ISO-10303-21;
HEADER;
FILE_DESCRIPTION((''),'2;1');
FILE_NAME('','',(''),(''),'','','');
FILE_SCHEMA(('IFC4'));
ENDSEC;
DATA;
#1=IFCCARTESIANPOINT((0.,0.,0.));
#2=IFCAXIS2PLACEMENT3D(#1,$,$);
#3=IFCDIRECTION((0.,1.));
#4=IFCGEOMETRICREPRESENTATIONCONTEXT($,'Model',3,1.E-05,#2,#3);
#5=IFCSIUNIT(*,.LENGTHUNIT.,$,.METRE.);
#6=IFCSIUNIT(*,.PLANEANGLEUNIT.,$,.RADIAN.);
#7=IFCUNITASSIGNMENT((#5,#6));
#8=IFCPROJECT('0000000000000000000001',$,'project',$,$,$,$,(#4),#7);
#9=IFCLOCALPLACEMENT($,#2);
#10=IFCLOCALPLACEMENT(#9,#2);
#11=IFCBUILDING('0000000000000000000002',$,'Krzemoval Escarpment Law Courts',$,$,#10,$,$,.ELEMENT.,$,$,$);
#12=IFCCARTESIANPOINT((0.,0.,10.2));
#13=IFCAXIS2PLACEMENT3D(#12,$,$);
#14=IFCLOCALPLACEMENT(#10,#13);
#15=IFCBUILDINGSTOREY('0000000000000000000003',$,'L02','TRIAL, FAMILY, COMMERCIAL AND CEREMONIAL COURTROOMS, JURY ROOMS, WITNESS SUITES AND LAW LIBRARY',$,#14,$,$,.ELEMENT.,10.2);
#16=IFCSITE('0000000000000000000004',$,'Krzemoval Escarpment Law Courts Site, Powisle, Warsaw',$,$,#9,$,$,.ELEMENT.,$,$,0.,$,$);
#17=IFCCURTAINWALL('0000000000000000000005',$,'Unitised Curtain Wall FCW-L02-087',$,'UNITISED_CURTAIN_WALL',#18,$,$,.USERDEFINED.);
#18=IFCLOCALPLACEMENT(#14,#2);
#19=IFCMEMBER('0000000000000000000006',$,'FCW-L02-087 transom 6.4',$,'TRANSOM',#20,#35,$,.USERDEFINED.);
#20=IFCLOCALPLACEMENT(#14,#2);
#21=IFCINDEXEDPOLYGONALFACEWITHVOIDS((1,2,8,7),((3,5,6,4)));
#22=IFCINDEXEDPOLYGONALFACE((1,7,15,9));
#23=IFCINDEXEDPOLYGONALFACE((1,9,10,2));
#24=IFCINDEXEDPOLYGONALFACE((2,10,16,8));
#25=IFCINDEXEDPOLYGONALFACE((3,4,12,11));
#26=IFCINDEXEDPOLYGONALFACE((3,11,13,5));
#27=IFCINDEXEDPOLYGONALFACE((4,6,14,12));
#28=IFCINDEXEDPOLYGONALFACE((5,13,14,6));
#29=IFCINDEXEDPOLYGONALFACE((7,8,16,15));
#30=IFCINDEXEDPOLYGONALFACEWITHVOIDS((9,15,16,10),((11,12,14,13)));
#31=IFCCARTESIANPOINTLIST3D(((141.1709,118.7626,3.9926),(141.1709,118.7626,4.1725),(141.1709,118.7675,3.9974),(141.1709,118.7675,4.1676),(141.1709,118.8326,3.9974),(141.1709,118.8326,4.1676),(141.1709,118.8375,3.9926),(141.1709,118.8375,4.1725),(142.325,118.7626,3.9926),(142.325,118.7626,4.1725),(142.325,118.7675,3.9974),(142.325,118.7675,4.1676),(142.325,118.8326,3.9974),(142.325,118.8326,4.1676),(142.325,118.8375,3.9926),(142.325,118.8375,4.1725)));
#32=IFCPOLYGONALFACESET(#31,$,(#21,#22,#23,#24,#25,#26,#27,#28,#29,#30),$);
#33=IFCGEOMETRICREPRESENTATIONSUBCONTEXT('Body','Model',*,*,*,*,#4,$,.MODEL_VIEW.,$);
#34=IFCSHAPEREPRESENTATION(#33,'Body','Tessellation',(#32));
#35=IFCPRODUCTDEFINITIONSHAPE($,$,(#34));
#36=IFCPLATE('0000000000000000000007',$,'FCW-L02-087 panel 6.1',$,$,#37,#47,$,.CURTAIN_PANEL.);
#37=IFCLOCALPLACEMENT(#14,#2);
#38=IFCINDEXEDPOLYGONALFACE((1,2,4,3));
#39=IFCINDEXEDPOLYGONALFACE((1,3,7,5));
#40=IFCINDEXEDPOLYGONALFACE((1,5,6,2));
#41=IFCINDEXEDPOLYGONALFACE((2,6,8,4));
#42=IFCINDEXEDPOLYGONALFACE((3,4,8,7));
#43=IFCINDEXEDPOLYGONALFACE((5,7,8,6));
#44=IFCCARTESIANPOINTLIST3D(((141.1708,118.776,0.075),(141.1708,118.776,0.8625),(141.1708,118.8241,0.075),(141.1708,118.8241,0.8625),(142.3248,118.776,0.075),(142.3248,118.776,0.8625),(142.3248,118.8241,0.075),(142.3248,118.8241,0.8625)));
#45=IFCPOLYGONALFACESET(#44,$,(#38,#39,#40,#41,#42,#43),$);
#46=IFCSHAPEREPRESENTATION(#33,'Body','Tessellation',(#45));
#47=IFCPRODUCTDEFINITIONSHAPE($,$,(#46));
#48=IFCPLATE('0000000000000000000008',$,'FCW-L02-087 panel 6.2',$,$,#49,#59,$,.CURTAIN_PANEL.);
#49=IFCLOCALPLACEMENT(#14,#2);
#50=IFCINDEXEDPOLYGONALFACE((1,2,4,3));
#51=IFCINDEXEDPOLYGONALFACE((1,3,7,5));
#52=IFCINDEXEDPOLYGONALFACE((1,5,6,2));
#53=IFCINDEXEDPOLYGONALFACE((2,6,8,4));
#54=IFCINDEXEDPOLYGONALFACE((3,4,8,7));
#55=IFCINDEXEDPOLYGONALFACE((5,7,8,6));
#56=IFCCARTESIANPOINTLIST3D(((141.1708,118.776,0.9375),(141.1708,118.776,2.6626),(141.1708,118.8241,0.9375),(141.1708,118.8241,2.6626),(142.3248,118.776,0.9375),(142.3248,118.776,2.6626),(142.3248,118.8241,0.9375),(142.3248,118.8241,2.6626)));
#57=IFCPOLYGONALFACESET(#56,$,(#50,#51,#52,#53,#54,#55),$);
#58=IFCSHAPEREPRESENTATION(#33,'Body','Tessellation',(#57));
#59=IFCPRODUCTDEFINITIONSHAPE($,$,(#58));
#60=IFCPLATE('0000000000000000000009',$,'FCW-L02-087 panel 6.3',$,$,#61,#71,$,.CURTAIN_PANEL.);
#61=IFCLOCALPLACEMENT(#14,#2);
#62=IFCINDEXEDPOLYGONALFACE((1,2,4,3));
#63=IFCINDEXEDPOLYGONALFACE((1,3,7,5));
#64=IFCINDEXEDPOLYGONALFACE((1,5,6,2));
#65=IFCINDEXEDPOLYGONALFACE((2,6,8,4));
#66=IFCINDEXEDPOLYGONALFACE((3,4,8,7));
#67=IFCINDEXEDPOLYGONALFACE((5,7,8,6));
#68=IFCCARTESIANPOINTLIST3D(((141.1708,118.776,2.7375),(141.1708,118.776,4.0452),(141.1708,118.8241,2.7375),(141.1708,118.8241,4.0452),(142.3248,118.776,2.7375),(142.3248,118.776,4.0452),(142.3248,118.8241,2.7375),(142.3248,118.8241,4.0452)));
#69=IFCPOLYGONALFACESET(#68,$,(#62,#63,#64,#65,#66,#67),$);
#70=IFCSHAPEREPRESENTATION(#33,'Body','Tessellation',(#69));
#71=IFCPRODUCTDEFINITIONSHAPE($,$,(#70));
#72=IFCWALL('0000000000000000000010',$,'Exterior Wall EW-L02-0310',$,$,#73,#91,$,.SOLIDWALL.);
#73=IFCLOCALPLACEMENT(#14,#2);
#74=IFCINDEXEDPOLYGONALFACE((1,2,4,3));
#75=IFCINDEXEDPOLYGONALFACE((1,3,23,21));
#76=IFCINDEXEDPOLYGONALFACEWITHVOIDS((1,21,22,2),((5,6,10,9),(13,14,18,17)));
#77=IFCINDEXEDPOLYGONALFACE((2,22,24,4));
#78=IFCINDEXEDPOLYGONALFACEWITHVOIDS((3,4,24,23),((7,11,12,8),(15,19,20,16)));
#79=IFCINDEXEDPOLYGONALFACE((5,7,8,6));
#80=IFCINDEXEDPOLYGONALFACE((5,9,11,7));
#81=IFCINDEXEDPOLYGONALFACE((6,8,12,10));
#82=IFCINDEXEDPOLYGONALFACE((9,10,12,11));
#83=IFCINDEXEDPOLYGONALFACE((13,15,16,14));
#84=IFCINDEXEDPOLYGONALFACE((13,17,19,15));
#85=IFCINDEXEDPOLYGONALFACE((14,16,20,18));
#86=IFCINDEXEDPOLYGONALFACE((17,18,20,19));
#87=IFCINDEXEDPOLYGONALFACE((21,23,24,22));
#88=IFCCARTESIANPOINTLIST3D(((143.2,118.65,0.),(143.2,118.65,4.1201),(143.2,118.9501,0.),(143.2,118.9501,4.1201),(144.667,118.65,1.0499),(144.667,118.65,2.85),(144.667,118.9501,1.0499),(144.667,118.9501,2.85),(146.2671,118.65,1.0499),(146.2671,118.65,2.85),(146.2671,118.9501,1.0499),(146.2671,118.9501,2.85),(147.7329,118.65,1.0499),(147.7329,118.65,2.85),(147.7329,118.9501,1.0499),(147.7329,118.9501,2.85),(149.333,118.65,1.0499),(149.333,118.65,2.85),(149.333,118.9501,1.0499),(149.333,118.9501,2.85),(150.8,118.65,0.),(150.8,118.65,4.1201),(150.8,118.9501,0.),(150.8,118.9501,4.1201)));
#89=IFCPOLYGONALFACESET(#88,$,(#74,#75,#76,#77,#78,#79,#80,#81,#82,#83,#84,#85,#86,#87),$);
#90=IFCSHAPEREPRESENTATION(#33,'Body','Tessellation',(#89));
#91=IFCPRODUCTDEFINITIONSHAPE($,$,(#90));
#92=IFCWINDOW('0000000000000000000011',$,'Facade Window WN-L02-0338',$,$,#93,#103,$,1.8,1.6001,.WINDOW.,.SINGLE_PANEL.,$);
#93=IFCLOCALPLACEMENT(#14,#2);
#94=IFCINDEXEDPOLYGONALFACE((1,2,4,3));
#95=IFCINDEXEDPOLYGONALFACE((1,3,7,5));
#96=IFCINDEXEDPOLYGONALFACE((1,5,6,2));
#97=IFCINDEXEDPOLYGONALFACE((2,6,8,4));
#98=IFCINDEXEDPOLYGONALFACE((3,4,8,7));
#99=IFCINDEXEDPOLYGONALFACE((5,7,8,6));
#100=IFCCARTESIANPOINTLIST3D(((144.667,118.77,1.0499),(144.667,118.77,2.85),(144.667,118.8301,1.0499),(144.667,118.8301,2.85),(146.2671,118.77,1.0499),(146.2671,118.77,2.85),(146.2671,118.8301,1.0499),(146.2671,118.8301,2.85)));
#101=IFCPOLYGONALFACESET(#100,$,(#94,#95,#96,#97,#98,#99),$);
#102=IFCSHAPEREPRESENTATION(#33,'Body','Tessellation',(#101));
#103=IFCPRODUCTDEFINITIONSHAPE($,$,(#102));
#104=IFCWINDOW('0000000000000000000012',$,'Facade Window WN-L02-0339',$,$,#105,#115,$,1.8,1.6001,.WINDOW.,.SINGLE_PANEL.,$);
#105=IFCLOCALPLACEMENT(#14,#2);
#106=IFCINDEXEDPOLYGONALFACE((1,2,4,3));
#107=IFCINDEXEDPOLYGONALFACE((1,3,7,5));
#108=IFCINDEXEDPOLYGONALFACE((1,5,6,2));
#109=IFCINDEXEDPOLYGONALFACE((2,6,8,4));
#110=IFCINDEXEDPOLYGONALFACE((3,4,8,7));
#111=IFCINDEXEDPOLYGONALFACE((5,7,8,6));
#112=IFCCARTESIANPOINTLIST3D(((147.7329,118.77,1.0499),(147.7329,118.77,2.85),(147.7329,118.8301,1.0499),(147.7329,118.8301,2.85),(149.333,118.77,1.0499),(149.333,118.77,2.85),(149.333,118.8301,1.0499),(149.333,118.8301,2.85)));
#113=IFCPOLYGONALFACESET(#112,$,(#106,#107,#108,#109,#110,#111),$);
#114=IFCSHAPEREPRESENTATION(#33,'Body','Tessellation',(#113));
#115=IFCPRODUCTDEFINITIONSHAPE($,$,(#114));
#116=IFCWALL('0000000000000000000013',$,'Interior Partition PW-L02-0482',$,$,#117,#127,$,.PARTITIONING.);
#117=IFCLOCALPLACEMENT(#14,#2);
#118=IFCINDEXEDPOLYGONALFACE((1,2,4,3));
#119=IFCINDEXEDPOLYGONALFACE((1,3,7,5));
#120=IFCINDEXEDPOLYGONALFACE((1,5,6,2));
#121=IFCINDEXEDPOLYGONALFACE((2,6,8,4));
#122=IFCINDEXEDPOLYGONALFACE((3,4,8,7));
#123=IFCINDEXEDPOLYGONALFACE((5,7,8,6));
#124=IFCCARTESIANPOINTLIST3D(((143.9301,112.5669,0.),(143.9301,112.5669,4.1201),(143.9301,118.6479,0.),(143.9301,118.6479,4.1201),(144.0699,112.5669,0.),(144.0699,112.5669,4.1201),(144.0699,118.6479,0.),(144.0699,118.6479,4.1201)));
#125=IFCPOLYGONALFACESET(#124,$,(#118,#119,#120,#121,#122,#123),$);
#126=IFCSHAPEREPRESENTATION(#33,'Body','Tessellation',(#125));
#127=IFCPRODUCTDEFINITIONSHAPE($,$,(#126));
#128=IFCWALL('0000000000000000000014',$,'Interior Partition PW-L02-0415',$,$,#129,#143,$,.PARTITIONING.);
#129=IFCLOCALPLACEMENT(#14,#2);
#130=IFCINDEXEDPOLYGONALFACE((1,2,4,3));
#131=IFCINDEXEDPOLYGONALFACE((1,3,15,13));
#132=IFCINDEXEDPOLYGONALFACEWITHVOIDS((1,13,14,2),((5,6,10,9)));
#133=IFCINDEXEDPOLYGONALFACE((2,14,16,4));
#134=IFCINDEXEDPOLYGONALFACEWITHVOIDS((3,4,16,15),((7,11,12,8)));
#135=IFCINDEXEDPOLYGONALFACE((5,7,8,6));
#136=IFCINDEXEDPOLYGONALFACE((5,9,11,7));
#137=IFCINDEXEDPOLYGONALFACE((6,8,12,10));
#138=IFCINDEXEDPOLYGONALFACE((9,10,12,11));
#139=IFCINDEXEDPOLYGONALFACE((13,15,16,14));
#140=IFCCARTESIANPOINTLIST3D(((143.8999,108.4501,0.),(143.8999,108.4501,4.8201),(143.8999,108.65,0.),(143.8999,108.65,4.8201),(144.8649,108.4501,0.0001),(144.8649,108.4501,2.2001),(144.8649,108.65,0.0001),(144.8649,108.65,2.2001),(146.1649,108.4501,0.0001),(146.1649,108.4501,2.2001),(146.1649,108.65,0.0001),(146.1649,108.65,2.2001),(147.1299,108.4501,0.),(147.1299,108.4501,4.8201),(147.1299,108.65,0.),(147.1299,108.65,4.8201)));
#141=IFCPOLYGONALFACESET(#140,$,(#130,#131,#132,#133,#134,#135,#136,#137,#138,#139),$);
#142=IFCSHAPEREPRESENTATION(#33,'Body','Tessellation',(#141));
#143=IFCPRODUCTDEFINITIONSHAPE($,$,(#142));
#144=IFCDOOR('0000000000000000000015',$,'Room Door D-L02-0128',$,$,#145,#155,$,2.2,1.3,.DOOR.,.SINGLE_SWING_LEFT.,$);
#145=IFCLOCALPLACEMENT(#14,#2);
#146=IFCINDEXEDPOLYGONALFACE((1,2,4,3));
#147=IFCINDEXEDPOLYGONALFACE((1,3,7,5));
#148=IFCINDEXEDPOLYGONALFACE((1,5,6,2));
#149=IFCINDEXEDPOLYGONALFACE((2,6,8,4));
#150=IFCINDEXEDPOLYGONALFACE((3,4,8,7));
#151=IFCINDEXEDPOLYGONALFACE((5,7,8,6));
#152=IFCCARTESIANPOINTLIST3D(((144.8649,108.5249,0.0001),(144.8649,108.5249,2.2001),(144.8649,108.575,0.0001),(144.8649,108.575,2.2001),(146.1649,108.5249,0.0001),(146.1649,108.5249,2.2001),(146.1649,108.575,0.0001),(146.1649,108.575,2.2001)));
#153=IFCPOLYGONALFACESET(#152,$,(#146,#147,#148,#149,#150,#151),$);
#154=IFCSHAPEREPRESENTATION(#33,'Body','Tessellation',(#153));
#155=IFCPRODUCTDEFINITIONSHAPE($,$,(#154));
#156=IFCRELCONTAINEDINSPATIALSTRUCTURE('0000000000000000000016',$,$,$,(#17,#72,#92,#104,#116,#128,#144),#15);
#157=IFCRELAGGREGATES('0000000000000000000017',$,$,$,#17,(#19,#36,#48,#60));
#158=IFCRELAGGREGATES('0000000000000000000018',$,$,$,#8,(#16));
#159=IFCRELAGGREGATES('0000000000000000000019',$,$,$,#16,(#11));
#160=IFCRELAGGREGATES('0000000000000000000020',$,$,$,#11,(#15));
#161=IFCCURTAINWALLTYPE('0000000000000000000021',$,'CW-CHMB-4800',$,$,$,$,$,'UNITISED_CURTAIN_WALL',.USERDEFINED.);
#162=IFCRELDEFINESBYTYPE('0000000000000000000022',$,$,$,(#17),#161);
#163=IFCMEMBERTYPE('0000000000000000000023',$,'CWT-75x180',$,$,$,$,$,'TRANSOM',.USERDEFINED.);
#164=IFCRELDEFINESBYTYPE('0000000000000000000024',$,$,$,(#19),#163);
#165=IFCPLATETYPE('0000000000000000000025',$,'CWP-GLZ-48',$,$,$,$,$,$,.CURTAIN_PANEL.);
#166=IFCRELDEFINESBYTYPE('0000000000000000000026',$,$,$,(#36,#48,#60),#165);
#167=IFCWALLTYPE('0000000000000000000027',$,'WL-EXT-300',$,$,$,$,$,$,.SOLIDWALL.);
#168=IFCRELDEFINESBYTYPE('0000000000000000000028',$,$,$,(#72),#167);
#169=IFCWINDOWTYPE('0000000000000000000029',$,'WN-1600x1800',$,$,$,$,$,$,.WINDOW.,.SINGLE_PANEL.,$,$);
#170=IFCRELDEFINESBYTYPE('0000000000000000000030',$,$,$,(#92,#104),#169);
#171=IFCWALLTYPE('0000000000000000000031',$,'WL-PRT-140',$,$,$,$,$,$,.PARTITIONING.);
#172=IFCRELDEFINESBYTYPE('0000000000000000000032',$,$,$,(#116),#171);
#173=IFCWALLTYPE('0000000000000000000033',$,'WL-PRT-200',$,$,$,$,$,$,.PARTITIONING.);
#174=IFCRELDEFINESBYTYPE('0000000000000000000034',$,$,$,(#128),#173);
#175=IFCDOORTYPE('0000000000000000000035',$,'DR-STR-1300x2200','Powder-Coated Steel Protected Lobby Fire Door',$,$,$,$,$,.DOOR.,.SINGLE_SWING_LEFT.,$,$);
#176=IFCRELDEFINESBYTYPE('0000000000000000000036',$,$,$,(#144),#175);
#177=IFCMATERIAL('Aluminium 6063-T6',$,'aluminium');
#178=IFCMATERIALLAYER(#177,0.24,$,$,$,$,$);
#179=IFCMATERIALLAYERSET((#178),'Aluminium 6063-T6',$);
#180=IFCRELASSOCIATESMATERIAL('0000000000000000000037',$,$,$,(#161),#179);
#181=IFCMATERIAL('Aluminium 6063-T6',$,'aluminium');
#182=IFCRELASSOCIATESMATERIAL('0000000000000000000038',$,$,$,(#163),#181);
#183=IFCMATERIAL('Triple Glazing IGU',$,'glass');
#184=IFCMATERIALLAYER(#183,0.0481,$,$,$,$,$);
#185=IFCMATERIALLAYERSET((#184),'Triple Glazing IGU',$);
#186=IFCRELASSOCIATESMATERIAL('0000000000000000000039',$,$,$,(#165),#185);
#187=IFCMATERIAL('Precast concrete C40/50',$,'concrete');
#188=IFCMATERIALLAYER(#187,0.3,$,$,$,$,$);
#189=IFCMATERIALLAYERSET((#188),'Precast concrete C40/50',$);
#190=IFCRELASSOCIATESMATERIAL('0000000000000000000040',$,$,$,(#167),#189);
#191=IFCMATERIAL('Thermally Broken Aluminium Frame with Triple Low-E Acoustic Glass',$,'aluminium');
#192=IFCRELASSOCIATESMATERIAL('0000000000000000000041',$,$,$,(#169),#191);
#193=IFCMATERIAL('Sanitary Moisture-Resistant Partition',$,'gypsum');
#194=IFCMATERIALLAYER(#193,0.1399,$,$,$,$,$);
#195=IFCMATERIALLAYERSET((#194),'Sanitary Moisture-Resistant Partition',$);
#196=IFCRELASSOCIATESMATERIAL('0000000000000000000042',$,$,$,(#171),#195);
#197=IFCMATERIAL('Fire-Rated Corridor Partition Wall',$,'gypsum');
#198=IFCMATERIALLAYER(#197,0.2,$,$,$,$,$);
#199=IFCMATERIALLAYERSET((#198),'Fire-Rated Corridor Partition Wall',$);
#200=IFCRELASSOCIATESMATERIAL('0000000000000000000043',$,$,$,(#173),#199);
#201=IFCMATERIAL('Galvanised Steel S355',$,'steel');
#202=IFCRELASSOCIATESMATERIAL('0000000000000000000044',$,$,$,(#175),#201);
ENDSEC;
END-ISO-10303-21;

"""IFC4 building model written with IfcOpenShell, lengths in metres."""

from ifc_helpers import new_model, si_unit, direction, frame, frame_2d, origin, origin_2d, place, context, subcontext, project, spatial, rectangle, hollow_rectangle, extrude, material, layer, layer_set, material_profile, profile_set, type_object, element, fill, aggregate, save


model = new_model("IFC4")

# Units and contexts
model_context = context("Model", 3, precision=1e-05, world=origin(), true_north=direction((0.0, 1.0)))
body_context = subcontext(model_context, "Body", "Model", "MODEL_VIEW")
ifc_project = project(units=[si_unit("LENGTHUNIT", "METRE"), si_unit("PLANEANGLEUNIT", "RADIAN")], contexts=[model_context])

# Site, building, storey
site_placement = place(None, origin())
site = spatial("IfcSite", under=ifc_project, at=site_placement, Name="Krzemoval Escarpment Law Courts Site, Powisle, Warsaw", CompositionType="ELEMENT", RefElevation=0.0)
building_placement = place(site_placement, origin())
building = spatial("IfcBuilding", under=site, at=building_placement, Name="Krzemoval Escarpment Law Courts", CompositionType="ELEMENT")
storey_placement = place(building_placement, frame((0.0, 0.0, 10.2)))
storey = spatial("IfcBuildingStorey", under=building, at=storey_placement, Name="L02", Description="TRIAL, FAMILY, COMMERCIAL AND CEREMONIAL COURTROOMS, JURY ROOMS, WITNESS SUITES AND LAW LIBRARY", CompositionType="ELEMENT", Elevation=10.2)

# Curtain wall, member, plates
ifc_material_1 = material(Name="Aluminium 6063-T6", Category="aluminium")
ifc_layer_1 = layer(ifc_material_1, 0.24)
ifc_layer_set_1 = layer_set([ifc_layer_1], Name="Aluminium 6063-T6")
curtain_wall_type = type_object("IfcCurtainWallType", Name="CW-CHMB-4800", ElementType="UNITISED_CURTAIN_WALL", PredefinedType="USERDEFINED", material=ifc_layer_set_1)
curtain_wall_placement = place(storey_placement, origin())
curtain_wall = element("IfcCurtainWall", 1, at=curtain_wall_placement, inside=storey, type_object=curtain_wall_type, Name="Unitised Curtain Wall FCW-L02-087", ObjectType="UNITISED_CURTAIN_WALL", PredefinedType="USERDEFINED")
ifc_material_2 = material(Name="Aluminium 6063-T6", Category="aluminium")
ifc_material_profile_1 = material_profile(ifc_material_2, hollow_rectangle(XDim=0.075, YDim=0.1799, WallThickness=0.0049, at=origin_2d()), Name="ALU T75x180")
ifc_profile_set_1 = profile_set([ifc_material_profile_1], Name="Aluminium 6063-T6")
member_type_1 = type_object("IfcMemberType", Name="CWT-75x180", ElementType="TRANSOM", PredefinedType="USERDEFINED", material=ifc_profile_set_1)
member_1_placement = place(storey_placement, frame((141.1709, 118.8, 4.0825), z_axis=(1.0, 0.0, 0.0), x_axis=(0.0, 1.0, 0.0)))
member_1 = element("IfcMember", 2, at=member_1_placement, type_object=member_type_1, Name="FCW-L02-087 transom 6.4", ObjectType="TRANSOM", PredefinedType="USERDEFINED", context=body_context, shape_type="SweptSolid", body=[
    extrude(hollow_rectangle(XDim=0.075, YDim=0.1799, WallThickness=0.0049, at=origin_2d()), origin(), (0.0, 0.0, 1.0), 1.1541),
])
ifc_material_3 = material(Name="Triple Glazing IGU", Category="glass")
ifc_layer_2 = layer(ifc_material_3, 0.0481)
ifc_layer_set_2 = layer_set([ifc_layer_2], Name="Triple Glazing IGU")
plate_type = type_object("IfcPlateType", Name="CWP-GLZ-48", PredefinedType="CURTAIN_PANEL", material=ifc_layer_set_2)
plate_1_placement = place(storey_placement, frame((141.7478, 118.8, 0.075), z_axis=(0.0, 0.0, 1.0), x_axis=(1.0, 0.0, 0.0)))
plate_1 = element("IfcPlate", 3, at=plate_1_placement, type_object=plate_type, Name="FCW-L02-087 panel 6.1", PredefinedType="CURTAIN_PANEL", context=body_context, shape_type="SweptSolid", body=[
    extrude(rectangle(XDim=1.1541, YDim=0.0481, at=origin_2d()), origin(), (0.0, 0.0, 1.0), 0.7876),
])
plate_2_placement = place(storey_placement, frame((141.7478, 118.8, 0.9375), z_axis=(0.0, 0.0, 1.0), x_axis=(1.0, 0.0, 0.0)))
plate_2 = element("IfcPlate", 4, at=plate_2_placement, type_object=plate_type, Name="FCW-L02-087 panel 6.2", PredefinedType="CURTAIN_PANEL", context=body_context, shape_type="SweptSolid", body=[
    extrude(rectangle(XDim=1.1541, YDim=0.0481, at=origin_2d()), origin(), (0.0, 0.0, 1.0), 1.7251),
])
plate_3_placement = place(storey_placement, frame((141.7478, 118.8, 2.7375), z_axis=(0.0, 0.0, 1.0), x_axis=(1.0, 0.0, 0.0)))
plate_3 = element("IfcPlate", 5, at=plate_3_placement, type_object=plate_type, Name="FCW-L02-087 panel 6.3", PredefinedType="CURTAIN_PANEL", context=body_context, shape_type="SweptSolid", body=[
    extrude(rectangle(XDim=1.1541, YDim=0.0481, at=origin_2d()), origin(), (0.0, 0.0, 1.0), 1.3076),
])
aggregate(curtain_wall, [member_1, plate_1, plate_2, plate_3])

# Wall, openings, windows
ifc_material_4 = material(Name="Precast concrete C40/50", Category="concrete")
ifc_layer_3 = layer(ifc_material_4, 0.3)
ifc_layer_set_3 = layer_set([ifc_layer_3], Name="Precast concrete C40/50")
wall_type_1 = type_object("IfcWallType", Name="WL-EXT-300", PredefinedType="SOLIDWALL", material=ifc_layer_set_3)
wall_1_placement = place(storey_placement, frame((143.2, 118.8, 0.0), z_axis=(0.0, 0.0, 1.0), x_axis=(1.0, 0.0, 0.0)))
wall_1 = element("IfcWall", 6, at=wall_1_placement, inside=storey, type_object=wall_type_1, Name="Exterior Wall EW-L02-0310", PredefinedType="SOLIDWALL", context=body_context, shape_type="SweptSolid", body=[
    extrude(rectangle(XDim=7.6001, YDim=0.3, at=frame_2d((3.8, 0.0))), origin(), (0.0, 0.0, 1.0), 4.1201),
])
opening_1_placement = place(wall_1_placement, frame((1.467, 0.0, 1.05)))
opening_1 = element("IfcOpeningElement", 7, at=opening_1_placement, cuts=wall_1, PredefinedType="OPENING", context=body_context, shape_type="SweptSolid", body=[
    extrude(rectangle(XDim=1.6001, YDim=1.8, at=frame_2d((0.8, 0.8999))), frame((0.0, 0.165, 0.0), z_axis=(0.0, -1.0, 0.0), x_axis=(1.0, 0.0, 0.0)), (0.0, 0.0, 1.0), 0.3301),
])
opening_2_placement = place(wall_1_placement, frame((4.533, 0.0, 1.05)))
opening_2 = element("IfcOpeningElement", 8, at=opening_2_placement, cuts=wall_1, PredefinedType="OPENING", context=body_context, shape_type="SweptSolid", body=[
    extrude(rectangle(XDim=1.6001, YDim=1.8, at=frame_2d((0.8, 0.8999))), frame((0.0, 0.165, 0.0), z_axis=(0.0, -1.0, 0.0), x_axis=(1.0, 0.0, 0.0)), (0.0, 0.0, 1.0), 0.3301),
])
ifc_material_5 = material(Name="Thermally Broken Aluminium Frame with Triple Low-E Acoustic Glass", Category="aluminium")
window_type = type_object("IfcWindowType", Name="WN-1600x1800", PartitioningType="SINGLE_PANEL", PredefinedType="WINDOW", material=ifc_material_5)
window_1_placement = place(opening_1_placement, origin())
window_1 = element("IfcWindow", 9, at=window_1_placement, inside=storey, type_object=window_type, Name="Facade Window WN-L02-0338", OverallHeight=1.8, OverallWidth=1.6001, PartitioningType="SINGLE_PANEL", PredefinedType="WINDOW", context=body_context, shape_type="SweptSolid", body=[
    extrude(rectangle(XDim=1.6001, YDim=1.8, at=frame_2d((0.8, 0.8999))), frame((0.0, 0.03, 0.0), z_axis=(0.0, -1.0, 0.0), x_axis=(1.0, 0.0, 0.0)), (0.0, 0.0, 1.0), 0.0601),
])
fill(opening_1, window_1)
window_2_placement = place(opening_2_placement, origin())
window_2 = element("IfcWindow", 10, at=window_2_placement, inside=storey, type_object=window_type, Name="Facade Window WN-L02-0339", OverallHeight=1.8, OverallWidth=1.6001, PartitioningType="SINGLE_PANEL", PredefinedType="WINDOW", context=body_context, shape_type="SweptSolid", body=[
    extrude(rectangle(XDim=1.6001, YDim=1.8, at=frame_2d((0.8, 0.8999))), frame((0.0, 0.03, 0.0), z_axis=(0.0, -1.0, 0.0), x_axis=(1.0, 0.0, 0.0)), (0.0, 0.0, 1.0), 0.0601),
])
fill(opening_2, window_2)

# Wall
ifc_material_6 = material(Name="Sanitary Moisture-Resistant Partition", Category="gypsum")
ifc_layer_4 = layer(ifc_material_6, 0.1399)
ifc_layer_set_4 = layer_set([ifc_layer_4], Name="Sanitary Moisture-Resistant Partition")
wall_type_2 = type_object("IfcWallType", Name="WL-PRT-140", PredefinedType="PARTITIONING", material=ifc_layer_set_4)
wall_2_placement = place(storey_placement, frame((144.0, 112.5669, 0.0), z_axis=(0.0, 0.0, 1.0), x_axis=(0.0, 1.0, 0.0)))
element("IfcWall", 11, at=wall_2_placement, inside=storey, type_object=wall_type_2, Name="Interior Partition PW-L02-0482", PredefinedType="PARTITIONING", context=body_context, shape_type="SweptSolid", body=[
    extrude(rectangle(XDim=6.0811, YDim=0.1399, at=frame_2d((3.0405, 0.0))), origin(), (0.0, 0.0, 1.0), 4.1201),
])

# Wall, opening, door
ifc_material_7 = material(Name="Fire-Rated Corridor Partition Wall", Category="gypsum")
ifc_layer_5 = layer(ifc_material_7, 0.2)
ifc_layer_set_5 = layer_set([ifc_layer_5], Name="Fire-Rated Corridor Partition Wall")
wall_type_3 = type_object("IfcWallType", Name="WL-PRT-200", PredefinedType="PARTITIONING", material=ifc_layer_set_5)
wall_3_placement = place(storey_placement, frame((143.8999, 108.55, 0.0), z_axis=(0.0, 0.0, 1.0), x_axis=(1.0, 0.0, 0.0)))
wall_3 = element("IfcWall", 12, at=wall_3_placement, inside=storey, type_object=wall_type_3, Name="Interior Partition PW-L02-0415", PredefinedType="PARTITIONING", context=body_context, shape_type="SweptSolid", body=[
    extrude(rectangle(XDim=3.23, YDim=0.2, at=frame_2d((1.615, 0.0))), origin(), (0.0, 0.0, 1.0), 4.8201),
])
opening_3_placement = place(wall_3_placement, frame((0.9651, 0.0, 0.0)))
opening_3 = element("IfcOpeningElement", 13, at=opening_3_placement, cuts=wall_3, PredefinedType="OPENING", context=body_context, shape_type="SweptSolid", body=[
    extrude(rectangle(XDim=1.3, YDim=2.2, at=frame_2d((0.6499, 1.1001))), frame((0.0, 0.115, 0.0), z_axis=(0.0, -1.0, 0.0), x_axis=(1.0, 0.0, 0.0)), (0.0, 0.0, 1.0), 0.2299),
])
ifc_material_8 = material(Name="Galvanised Steel S355", Category="steel")
door_type_1 = type_object("IfcDoorType", Name="DR-STR-1300x2200", Description="Powder-Coated Steel Protected Lobby Fire Door", OperationType="SINGLE_SWING_LEFT", PredefinedType="DOOR", material=ifc_material_8)
door_1_placement = place(opening_3_placement, origin())
door_1 = element("IfcDoor", 14, at=door_1_placement, inside=storey, type_object=door_type_1, Name="Room Door D-L02-0128", OperationType="SINGLE_SWING_LEFT", OverallHeight=2.2, OverallWidth=1.3, PredefinedType="DOOR", context=body_context, shape_type="SweptSolid", body=[
    extrude(rectangle(XDim=1.3, YDim=2.2, at=frame_2d((0.6499, 1.1001))), frame((0.0, 0.0249, 0.0), z_axis=(0.0, -1.0, 0.0), x_axis=(1.0, 0.0, 0.0)), (0.0, 0.0, 1.0), 0.05),
])
fill(opening_3, door_1)

save(model, "model.ifc")
